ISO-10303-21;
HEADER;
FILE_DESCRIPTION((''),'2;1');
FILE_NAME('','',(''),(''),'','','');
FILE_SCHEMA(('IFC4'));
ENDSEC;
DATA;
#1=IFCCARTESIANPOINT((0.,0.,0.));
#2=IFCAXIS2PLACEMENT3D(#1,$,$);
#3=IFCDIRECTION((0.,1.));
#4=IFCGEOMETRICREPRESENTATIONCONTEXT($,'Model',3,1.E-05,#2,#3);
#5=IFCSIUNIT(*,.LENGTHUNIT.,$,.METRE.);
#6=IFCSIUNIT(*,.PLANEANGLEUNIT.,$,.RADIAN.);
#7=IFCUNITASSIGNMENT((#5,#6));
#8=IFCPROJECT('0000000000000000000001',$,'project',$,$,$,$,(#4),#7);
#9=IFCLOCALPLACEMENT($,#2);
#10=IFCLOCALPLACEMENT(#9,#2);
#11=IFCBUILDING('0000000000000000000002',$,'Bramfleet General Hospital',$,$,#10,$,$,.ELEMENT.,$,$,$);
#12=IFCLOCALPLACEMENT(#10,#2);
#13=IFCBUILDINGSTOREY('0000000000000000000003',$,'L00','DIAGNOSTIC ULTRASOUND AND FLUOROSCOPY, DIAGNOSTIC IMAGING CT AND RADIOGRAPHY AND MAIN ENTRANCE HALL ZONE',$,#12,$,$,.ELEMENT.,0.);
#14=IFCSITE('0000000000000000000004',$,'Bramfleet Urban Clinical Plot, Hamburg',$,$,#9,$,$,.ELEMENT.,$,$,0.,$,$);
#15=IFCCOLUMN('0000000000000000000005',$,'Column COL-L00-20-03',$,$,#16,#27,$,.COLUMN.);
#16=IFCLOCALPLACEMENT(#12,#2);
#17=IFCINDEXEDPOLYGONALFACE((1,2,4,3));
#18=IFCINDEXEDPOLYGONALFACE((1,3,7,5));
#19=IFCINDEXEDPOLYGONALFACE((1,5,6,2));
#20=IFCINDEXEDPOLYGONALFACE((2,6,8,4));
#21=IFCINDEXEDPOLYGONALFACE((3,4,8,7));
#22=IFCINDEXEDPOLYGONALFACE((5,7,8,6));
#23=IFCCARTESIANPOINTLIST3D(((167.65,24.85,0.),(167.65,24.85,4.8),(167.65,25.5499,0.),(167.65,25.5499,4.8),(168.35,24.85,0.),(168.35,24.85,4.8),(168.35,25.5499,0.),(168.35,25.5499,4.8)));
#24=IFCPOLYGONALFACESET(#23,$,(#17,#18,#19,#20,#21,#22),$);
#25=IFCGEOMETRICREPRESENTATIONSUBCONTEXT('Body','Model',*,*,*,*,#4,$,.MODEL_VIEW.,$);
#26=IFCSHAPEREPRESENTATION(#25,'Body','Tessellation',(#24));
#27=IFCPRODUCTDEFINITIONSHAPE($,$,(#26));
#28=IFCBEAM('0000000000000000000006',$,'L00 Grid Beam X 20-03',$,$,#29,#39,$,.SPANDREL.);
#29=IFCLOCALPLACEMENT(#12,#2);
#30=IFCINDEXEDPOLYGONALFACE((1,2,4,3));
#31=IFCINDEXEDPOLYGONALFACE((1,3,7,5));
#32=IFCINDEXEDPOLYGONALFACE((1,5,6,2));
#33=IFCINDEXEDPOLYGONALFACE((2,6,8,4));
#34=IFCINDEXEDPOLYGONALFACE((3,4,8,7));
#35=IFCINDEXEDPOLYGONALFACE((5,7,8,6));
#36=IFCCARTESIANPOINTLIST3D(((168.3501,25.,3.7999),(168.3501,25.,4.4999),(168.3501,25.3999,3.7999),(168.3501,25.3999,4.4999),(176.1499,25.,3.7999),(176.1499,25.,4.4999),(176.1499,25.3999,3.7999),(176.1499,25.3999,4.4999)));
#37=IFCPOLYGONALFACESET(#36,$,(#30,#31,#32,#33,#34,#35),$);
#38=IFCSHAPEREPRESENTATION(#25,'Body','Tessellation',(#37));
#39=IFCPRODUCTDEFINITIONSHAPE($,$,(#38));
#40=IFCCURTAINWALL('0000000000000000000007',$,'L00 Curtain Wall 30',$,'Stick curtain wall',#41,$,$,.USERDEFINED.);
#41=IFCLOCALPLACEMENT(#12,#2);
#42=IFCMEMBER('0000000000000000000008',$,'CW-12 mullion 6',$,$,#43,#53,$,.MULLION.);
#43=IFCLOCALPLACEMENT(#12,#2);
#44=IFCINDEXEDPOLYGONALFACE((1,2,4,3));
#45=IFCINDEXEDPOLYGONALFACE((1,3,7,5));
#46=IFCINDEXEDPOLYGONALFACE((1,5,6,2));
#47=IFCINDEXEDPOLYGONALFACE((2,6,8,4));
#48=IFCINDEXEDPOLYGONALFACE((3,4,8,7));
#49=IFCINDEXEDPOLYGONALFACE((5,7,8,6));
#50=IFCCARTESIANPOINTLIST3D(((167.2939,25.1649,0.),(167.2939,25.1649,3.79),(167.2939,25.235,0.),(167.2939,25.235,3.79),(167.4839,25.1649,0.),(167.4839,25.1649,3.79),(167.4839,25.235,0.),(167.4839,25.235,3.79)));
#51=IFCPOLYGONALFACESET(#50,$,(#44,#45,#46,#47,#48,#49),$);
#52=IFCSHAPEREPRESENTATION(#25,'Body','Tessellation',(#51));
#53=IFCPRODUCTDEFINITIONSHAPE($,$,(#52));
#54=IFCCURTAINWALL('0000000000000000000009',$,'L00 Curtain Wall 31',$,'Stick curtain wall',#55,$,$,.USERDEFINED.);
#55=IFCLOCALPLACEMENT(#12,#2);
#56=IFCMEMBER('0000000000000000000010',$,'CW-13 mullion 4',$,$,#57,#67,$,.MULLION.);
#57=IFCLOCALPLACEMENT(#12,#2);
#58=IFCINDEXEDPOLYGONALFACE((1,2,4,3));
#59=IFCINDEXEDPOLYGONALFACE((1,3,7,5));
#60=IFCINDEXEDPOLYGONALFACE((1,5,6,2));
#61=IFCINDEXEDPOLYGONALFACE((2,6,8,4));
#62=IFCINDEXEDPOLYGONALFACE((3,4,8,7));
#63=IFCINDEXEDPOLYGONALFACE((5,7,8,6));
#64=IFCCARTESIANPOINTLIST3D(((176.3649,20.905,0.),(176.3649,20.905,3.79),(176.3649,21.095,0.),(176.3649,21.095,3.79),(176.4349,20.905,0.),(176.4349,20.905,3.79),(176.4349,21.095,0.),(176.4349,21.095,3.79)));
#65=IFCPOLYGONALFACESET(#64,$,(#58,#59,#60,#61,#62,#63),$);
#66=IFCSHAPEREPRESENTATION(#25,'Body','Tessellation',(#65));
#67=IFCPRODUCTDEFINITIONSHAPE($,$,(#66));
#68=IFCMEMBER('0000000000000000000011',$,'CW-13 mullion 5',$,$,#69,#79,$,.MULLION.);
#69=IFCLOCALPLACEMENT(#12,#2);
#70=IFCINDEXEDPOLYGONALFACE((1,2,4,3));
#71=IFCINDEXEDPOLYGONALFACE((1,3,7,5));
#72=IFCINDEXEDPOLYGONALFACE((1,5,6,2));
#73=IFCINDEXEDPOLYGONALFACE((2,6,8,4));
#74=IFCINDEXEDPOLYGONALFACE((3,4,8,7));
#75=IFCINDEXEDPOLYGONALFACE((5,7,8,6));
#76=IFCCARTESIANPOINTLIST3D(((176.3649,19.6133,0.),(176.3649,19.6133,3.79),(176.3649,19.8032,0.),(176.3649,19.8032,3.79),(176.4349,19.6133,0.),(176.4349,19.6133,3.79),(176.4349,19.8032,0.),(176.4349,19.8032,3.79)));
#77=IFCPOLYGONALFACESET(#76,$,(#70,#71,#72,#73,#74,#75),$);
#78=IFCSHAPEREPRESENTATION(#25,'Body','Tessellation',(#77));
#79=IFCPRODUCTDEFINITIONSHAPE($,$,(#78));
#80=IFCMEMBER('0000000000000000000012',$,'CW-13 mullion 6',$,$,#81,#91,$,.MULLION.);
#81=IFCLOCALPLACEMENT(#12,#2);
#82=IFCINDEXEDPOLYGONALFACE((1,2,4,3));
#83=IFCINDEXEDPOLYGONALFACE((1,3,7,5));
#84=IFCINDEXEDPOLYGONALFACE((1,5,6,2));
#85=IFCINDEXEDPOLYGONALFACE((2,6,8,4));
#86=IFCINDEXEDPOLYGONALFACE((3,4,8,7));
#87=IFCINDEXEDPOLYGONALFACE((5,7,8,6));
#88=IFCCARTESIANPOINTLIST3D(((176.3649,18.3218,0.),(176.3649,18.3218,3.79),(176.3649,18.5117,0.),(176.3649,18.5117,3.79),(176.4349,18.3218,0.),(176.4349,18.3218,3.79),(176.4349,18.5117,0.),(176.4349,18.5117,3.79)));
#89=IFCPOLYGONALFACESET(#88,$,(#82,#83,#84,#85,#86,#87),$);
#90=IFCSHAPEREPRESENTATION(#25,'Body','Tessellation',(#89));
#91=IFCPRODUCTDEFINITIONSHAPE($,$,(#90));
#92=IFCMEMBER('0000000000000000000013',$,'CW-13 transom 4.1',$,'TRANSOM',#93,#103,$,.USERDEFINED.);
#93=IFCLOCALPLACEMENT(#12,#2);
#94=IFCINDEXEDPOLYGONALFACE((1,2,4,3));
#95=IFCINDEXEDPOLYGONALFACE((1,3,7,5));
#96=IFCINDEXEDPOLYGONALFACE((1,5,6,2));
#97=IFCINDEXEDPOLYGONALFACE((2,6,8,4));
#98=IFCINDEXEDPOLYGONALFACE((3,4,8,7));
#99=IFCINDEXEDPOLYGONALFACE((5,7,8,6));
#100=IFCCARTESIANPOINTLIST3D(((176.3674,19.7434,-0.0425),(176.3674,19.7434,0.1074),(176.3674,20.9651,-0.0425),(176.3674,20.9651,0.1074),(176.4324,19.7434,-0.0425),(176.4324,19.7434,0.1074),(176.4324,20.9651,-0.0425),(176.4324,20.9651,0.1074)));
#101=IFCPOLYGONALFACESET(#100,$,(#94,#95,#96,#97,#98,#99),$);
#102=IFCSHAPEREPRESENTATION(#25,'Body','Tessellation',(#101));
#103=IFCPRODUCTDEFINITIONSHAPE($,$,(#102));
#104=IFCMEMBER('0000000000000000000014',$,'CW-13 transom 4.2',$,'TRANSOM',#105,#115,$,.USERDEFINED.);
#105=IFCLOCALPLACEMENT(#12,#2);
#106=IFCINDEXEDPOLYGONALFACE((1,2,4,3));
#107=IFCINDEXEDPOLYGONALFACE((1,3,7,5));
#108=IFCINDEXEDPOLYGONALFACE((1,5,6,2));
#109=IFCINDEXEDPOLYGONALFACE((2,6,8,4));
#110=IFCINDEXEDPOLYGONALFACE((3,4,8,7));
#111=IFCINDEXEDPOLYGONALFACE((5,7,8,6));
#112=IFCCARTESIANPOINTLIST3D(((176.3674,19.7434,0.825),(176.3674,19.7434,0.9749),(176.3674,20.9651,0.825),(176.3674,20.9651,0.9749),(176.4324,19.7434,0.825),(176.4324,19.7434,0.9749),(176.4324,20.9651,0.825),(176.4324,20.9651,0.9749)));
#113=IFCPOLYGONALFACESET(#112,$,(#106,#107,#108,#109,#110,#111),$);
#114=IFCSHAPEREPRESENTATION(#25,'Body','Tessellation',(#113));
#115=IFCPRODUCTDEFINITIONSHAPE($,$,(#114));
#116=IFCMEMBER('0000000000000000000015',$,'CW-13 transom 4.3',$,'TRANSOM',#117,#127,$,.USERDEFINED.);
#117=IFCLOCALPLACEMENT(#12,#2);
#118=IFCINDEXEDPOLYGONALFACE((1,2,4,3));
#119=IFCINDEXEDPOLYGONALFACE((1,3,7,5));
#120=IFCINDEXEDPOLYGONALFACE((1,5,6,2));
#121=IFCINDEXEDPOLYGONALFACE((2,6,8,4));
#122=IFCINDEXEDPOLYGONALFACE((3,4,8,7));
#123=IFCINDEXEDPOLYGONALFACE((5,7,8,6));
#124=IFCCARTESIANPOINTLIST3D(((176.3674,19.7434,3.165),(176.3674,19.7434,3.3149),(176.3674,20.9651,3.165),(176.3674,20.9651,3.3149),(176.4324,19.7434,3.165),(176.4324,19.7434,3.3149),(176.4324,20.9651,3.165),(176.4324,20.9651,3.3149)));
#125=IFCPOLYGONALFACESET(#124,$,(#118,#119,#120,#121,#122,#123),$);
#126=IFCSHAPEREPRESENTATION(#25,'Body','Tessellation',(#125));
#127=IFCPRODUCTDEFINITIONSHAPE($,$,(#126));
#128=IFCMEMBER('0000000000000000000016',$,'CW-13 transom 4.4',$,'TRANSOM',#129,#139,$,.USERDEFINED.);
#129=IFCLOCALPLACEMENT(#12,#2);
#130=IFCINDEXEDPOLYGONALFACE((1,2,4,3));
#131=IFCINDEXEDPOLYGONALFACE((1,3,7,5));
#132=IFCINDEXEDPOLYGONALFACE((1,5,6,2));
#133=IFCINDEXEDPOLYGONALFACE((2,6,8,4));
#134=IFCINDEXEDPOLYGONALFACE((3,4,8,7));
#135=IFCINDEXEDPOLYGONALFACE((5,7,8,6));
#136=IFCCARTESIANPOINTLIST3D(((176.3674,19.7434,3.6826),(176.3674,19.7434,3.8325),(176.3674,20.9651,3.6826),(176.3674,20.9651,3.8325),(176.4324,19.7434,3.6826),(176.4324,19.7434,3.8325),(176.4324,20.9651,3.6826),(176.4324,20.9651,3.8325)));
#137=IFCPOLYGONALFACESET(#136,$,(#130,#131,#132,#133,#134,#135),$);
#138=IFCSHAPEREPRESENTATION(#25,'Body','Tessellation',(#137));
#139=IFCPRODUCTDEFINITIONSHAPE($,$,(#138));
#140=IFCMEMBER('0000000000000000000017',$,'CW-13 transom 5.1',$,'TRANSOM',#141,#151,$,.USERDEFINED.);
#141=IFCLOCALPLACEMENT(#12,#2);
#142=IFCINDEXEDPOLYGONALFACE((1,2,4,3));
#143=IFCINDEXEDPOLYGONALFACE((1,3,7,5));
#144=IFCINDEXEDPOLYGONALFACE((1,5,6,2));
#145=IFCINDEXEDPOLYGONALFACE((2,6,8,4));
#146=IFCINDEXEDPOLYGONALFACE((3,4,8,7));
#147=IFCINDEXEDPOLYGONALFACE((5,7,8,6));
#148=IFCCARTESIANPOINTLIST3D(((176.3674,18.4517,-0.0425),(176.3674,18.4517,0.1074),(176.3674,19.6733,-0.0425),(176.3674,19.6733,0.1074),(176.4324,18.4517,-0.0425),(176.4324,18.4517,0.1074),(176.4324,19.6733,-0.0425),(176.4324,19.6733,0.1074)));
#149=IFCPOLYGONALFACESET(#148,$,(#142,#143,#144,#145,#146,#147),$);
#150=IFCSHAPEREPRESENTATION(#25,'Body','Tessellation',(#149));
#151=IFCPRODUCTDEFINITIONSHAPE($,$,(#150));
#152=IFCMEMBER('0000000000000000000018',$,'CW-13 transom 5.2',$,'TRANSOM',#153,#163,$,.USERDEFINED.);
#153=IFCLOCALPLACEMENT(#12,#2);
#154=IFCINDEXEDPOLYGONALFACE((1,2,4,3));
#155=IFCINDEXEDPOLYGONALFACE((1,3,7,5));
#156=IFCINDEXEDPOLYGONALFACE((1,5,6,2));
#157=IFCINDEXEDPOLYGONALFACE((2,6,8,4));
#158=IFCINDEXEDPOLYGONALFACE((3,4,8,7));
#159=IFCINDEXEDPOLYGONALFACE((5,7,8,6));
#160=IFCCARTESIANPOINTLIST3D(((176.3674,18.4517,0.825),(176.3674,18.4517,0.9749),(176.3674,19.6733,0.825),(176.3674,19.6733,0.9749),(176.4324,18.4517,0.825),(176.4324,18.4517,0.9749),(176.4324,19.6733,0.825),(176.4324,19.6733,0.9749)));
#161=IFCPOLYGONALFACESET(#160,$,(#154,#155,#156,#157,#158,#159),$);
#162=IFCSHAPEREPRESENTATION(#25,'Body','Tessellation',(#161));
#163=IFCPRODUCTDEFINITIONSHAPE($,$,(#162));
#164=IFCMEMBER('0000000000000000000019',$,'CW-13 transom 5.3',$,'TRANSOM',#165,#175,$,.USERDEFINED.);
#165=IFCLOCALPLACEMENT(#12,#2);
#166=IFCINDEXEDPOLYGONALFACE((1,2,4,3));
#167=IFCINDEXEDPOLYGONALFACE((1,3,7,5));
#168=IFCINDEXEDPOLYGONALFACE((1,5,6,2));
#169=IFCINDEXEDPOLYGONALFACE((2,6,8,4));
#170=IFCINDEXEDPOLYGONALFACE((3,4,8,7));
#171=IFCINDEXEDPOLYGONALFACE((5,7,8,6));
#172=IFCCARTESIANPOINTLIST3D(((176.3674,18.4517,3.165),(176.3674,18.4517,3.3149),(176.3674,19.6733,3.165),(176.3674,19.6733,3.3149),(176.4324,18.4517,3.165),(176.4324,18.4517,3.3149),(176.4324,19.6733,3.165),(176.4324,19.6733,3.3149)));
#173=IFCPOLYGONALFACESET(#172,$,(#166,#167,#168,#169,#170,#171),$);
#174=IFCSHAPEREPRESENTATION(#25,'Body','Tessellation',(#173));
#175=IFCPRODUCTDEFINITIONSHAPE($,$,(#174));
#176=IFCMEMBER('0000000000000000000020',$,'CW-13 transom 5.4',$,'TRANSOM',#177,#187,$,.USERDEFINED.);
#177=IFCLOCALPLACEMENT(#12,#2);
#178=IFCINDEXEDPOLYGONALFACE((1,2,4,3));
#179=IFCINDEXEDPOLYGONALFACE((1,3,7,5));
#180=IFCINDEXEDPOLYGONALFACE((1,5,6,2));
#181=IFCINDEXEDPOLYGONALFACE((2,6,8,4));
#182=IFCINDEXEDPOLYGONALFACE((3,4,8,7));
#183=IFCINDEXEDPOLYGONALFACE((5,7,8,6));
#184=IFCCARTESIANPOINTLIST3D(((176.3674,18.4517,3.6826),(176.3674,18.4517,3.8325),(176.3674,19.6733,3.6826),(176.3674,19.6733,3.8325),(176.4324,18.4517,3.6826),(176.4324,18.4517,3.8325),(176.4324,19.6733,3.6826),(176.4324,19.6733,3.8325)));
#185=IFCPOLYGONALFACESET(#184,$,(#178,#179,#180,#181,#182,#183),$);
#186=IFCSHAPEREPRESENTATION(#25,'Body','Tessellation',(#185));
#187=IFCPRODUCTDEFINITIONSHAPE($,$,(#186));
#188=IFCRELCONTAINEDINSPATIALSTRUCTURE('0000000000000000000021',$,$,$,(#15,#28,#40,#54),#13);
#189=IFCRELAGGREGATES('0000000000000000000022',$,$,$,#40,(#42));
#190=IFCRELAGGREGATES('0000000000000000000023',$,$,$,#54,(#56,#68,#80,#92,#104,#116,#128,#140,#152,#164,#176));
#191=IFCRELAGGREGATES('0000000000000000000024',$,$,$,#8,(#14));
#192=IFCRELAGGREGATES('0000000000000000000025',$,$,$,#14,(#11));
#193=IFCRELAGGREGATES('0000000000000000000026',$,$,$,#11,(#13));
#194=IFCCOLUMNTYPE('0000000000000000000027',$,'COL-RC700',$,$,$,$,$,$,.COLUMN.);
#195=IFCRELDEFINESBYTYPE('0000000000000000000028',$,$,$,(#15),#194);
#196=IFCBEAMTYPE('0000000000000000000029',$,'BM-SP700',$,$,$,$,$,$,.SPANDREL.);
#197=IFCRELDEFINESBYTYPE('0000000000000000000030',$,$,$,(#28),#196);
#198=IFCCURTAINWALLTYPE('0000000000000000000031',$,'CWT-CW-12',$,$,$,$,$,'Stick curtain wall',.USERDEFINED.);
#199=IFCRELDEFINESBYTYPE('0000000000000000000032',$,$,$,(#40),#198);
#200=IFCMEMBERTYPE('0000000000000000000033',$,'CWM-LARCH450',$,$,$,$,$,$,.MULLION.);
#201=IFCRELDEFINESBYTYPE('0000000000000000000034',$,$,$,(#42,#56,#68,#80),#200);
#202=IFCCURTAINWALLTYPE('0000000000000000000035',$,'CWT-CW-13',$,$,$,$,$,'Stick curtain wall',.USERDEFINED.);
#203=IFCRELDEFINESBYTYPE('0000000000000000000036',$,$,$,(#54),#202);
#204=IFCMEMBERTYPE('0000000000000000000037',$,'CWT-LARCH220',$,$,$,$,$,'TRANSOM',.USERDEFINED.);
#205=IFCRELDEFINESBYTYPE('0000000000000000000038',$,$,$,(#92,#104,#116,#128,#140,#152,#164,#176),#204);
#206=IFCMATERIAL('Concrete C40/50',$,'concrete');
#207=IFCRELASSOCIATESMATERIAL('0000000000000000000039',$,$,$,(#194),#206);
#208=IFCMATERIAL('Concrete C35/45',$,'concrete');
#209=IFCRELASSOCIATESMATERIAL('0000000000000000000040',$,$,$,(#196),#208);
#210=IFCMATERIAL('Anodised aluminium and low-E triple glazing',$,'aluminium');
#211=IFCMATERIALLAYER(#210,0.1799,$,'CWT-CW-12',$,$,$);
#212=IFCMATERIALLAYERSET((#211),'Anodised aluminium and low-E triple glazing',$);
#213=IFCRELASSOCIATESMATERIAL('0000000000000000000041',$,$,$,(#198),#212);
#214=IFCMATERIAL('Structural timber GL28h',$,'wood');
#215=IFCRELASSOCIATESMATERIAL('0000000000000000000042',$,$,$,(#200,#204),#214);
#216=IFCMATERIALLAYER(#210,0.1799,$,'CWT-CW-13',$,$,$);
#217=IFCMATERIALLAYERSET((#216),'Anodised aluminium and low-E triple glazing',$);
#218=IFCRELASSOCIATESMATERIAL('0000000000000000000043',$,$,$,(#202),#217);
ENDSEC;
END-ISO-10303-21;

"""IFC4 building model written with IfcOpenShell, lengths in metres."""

from ifc_helpers import new_model, si_unit, direction, frame, origin, origin_2d, place, context, subcontext, project, spatial, rectangle, extrude, material, layer, layer_set, material_profile, profile_set, type_object, element, aggregate, save


model = new_model("IFC4")

# Units and contexts
model_context = context("Model", 3, precision=1e-05, world=origin(), true_north=direction((0.0, 1.0)))
body_context = subcontext(model_context, "Body", "Model", "MODEL_VIEW")
ifc_project = project(units=[si_unit("LENGTHUNIT", "METRE"), si_unit("PLANEANGLEUNIT", "RADIAN")], contexts=[model_context])

# Site, building, storey
site_placement = place(None, origin())
site = spatial("IfcSite", under=ifc_project, at=site_placement, Name="Bramfleet Urban Clinical Plot, Hamburg", CompositionType="ELEMENT", RefElevation=0.0)
building_placement = place(site_placement, origin())
building = spatial("IfcBuilding", under=site, at=building_placement, Name="Bramfleet General Hospital", CompositionType="ELEMENT")
storey_placement = place(building_placement, origin())
storey = spatial("IfcBuildingStorey", under=building, at=storey_placement, Name="L00", Description="DIAGNOSTIC ULTRASOUND AND FLUOROSCOPY, DIAGNOSTIC IMAGING CT AND RADIOGRAPHY AND MAIN ENTRANCE HALL ZONE", CompositionType="ELEMENT", Elevation=0.0)

# Column
ifc_material_1 = material(Name="Concrete C40/50", Category="concrete")
ifc_material_profile_1 = material_profile(ifc_material_1, rectangle(XDim=0.7, YDim=0.7, at=origin_2d()), Name="RC COL 700x700")
ifc_profile_set_1 = profile_set([ifc_material_profile_1], Name="Concrete C40/50")
column_type = type_object("IfcColumnType", Name="COL-RC700", PredefinedType="COLUMN", material=ifc_profile_set_1)
column_placement = place(storey_placement, frame((168.0, 25.2, 0.0), z_axis=(0.0, 0.0, 1.0), x_axis=(1.0, 0.0, 0.0)))
element("IfcColumn", 1, at=column_placement, inside=storey, type_object=column_type, Name="Column COL-L00-20-03", PredefinedType="COLUMN", context=body_context, shape_type="SweptSolid", body=[
    extrude(rectangle(XDim=0.7, YDim=0.7, at=origin_2d()), origin(), (0.0, 0.0, 1.0), 4.8),
])

# Beam
ifc_material_2 = material(Name="Concrete C35/45", Category="concrete")
ifc_material_profile_2 = material_profile(ifc_material_2, rectangle(XDim=0.3999, YDim=0.7, at=origin_2d()), Name="RC SP 700x400")
ifc_profile_set_2 = profile_set([ifc_material_profile_2], Name="Concrete C35/45")
beam_type = type_object("IfcBeamType", Name="BM-SP700", PredefinedType="SPANDREL", material=ifc_profile_set_2)
beam_placement = place(storey_placement, frame((168.3501, 25.2, 4.1499), z_axis=(1.0, 0.0, 0.0), x_axis=(0.0, 1.0, 0.0)))
element("IfcBeam", 2, at=beam_placement, inside=storey, type_object=beam_type, Name="L00 Grid Beam X 20-03", PredefinedType="SPANDREL", context=body_context, shape_type="SweptSolid", body=[
    extrude(rectangle(XDim=0.3999, YDim=0.7, at=origin_2d()), origin(), (0.0, 0.0, 1.0), 7.7998),
])

# Curtain wall, member
ifc_material_3 = material(Name="Anodised aluminium and low-E triple glazing", Category="aluminium")
ifc_layer_1 = layer(ifc_material_3, 0.1799, Name="CWT-CW-12")
ifc_layer_set_1 = layer_set([ifc_layer_1], Name="Anodised aluminium and low-E triple glazing")
curtain_wall_type_1 = type_object("IfcCurtainWallType", Name="CWT-CW-12", ElementType="Stick curtain wall", PredefinedType="USERDEFINED", material=ifc_layer_set_1)
curtain_wall_1_placement = place(storey_placement, origin())
curtain_wall_1 = element("IfcCurtainWall", 3, at=curtain_wall_1_placement, inside=storey, type_object=curtain_wall_type_1, Name="L00 Curtain Wall 30", ObjectType="Stick curtain wall", PredefinedType="USERDEFINED")
ifc_material_4 = material(Name="Structural timber GL28h", Category="wood")
ifc_material_profile_3 = material_profile(ifc_material_4, rectangle(XDim=0.0701, YDim=0.1899, at=origin_2d()), Name="LARCH 190x70")
ifc_profile_set_3 = profile_set([ifc_material_profile_3], Name="Structural timber GL28h")
member_type_1 = type_object("IfcMemberType", Name="CWM-LARCH450", PredefinedType="MULLION", material=ifc_profile_set_3)
member_1_placement = place(storey_placement, frame((167.3889, 25.2, 0.0), z_axis=(0.0, 0.0, 1.0), x_axis=(0.0, 1.0, 0.0)))
member_1 = element("IfcMember", 4, at=member_1_placement, type_object=member_type_1, Name="CW-12 mullion 6", PredefinedType="MULLION", context=body_context, shape_type="SweptSolid", body=[
    extrude(rectangle(XDim=0.0701, YDim=0.1899, at=origin_2d()), origin(), (0.0, 0.0, 1.0), 3.79),
])

# Curtain wall, members
ifc_layer_2 = layer(ifc_material_3, 0.1799, Name="CWT-CW-13")
ifc_layer_set_2 = layer_set([ifc_layer_2], Name="Anodised aluminium and low-E triple glazing")
curtain_wall_type_2 = type_object("IfcCurtainWallType", Name="CWT-CW-13", ElementType="Stick curtain wall", PredefinedType="USERDEFINED", material=ifc_layer_set_2)
curtain_wall_2_placement = place(storey_placement, origin())
curtain_wall_2 = element("IfcCurtainWall", 5, at=curtain_wall_2_placement, inside=storey, type_object=curtain_wall_type_2, Name="L00 Curtain Wall 31", ObjectType="Stick curtain wall", PredefinedType="USERDEFINED")
member_2_placement = place(storey_placement, frame((176.3999, 21.0, 0.0), z_axis=(0.0, 0.0, 1.0), x_axis=(1.0, 0.0, 0.0)))
member_2 = element("IfcMember", 6, at=member_2_placement, type_object=member_type_1, Name="CW-13 mullion 4", PredefinedType="MULLION", context=body_context, shape_type="SweptSolid", body=[
    extrude(rectangle(XDim=0.0701, YDim=0.1899, at=origin_2d()), origin(), (0.0, 0.0, 1.0), 3.79),
])
member_3_placement = place(storey_placement, frame((176.3999, 19.7083, 0.0), z_axis=(0.0, 0.0, 1.0), x_axis=(1.0, 0.0, 0.0)))
member_3 = element("IfcMember", 7, at=member_3_placement, type_object=member_type_1, Name="CW-13 mullion 5", PredefinedType="MULLION", context=body_context, shape_type="SweptSolid", body=[
    extrude(rectangle(XDim=0.0701, YDim=0.1899, at=origin_2d()), origin(), (0.0, 0.0, 1.0), 3.79),
])
member_4_placement = place(storey_placement, frame((176.3999, 18.4167, 0.0), z_axis=(0.0, 0.0, 1.0), x_axis=(1.0, 0.0, 0.0)))
member_4 = element("IfcMember", 8, at=member_4_placement, type_object=member_type_1, Name="CW-13 mullion 6", PredefinedType="MULLION", context=body_context, shape_type="SweptSolid", body=[
    extrude(rectangle(XDim=0.0701, YDim=0.1899, at=origin_2d()), origin(), (0.0, 0.0, 1.0), 3.79),
])
ifc_material_profile_4 = material_profile(ifc_material_4, rectangle(XDim=0.0649, YDim=0.1499, at=origin_2d()), Name="LARCH 150x65")
ifc_profile_set_4 = profile_set([ifc_material_profile_4], Name="Structural timber GL28h")
member_type_2 = type_object("IfcMemberType", Name="CWT-LARCH220", ElementType="TRANSOM", PredefinedType="USERDEFINED", material=ifc_profile_set_4)
member_5_placement = place(storey_placement, frame((176.3999, 20.9651, 0.0325), z_axis=(0.0, -1.0, 0.0), x_axis=(1.0, 0.0, 0.0)))
member_5 = element("IfcMember", 9, at=member_5_placement, type_object=member_type_2, Name="CW-13 transom 4.1", ObjectType="TRANSOM", PredefinedType="USERDEFINED", context=body_context, shape_type="SweptSolid", body=[
    extrude(rectangle(XDim=0.0649, YDim=0.1499, at=origin_2d()), origin(), (0.0, 0.0, 1.0), 1.2217),
])
member_6_placement = place(storey_placement, frame((176.3999, 20.9651, 0.8999), z_axis=(0.0, -1.0, 0.0), x_axis=(1.0, 0.0, 0.0)))
member_6 = element("IfcMember", 10, at=member_6_placement, type_object=member_type_2, Name="CW-13 transom 4.2", ObjectType="TRANSOM", PredefinedType="USERDEFINED", context=body_context, shape_type="SweptSolid", body=[
    extrude(rectangle(XDim=0.0649, YDim=0.1499, at=origin_2d()), origin(), (0.0, 0.0, 1.0), 1.2217),
])
member_7_placement = place(storey_placement, frame((176.3999, 20.9651, 3.24), z_axis=(0.0, -1.0, 0.0), x_axis=(1.0, 0.0, 0.0)))
member_7 = element("IfcMember", 11, at=member_7_placement, type_object=member_type_2, Name="CW-13 transom 4.3", ObjectType="TRANSOM", PredefinedType="USERDEFINED", context=body_context, shape_type="SweptSolid", body=[
    extrude(rectangle(XDim=0.0649, YDim=0.1499, at=origin_2d()), origin(), (0.0, 0.0, 1.0), 1.2217),
])
member_8_placement = place(storey_placement, frame((176.3999, 20.9651, 3.7576), z_axis=(0.0, -1.0, 0.0), x_axis=(1.0, 0.0, 0.0)))
member_8 = element("IfcMember", 12, at=member_8_placement, type_object=member_type_2, Name="CW-13 transom 4.4", ObjectType="TRANSOM", PredefinedType="USERDEFINED", context=body_context, shape_type="SweptSolid", body=[
    extrude(rectangle(XDim=0.0649, YDim=0.1499, at=origin_2d()), origin(), (0.0, 0.0, 1.0), 1.2217),
])
member_9_placement = place(storey_placement, frame((176.3999, 19.6733, 0.0325), z_axis=(0.0, -1.0, 0.0), x_axis=(1.0, 0.0, 0.0)))
member_9 = element("IfcMember", 13, at=member_9_placement, type_object=member_type_2, Name="CW-13 transom 5.1", ObjectType="TRANSOM", PredefinedType="USERDEFINED", context=body_context, shape_type="SweptSolid", body=[
    extrude(rectangle(XDim=0.0649, YDim=0.1499, at=origin_2d()), origin(), (0.0, 0.0, 1.0), 1.2217),
])
member_10_placement = place(storey_placement, frame((176.3999, 19.6733, 0.8999), z_axis=(0.0, -1.0, 0.0), x_axis=(1.0, 0.0, 0.0)))
member_10 = element("IfcMember", 14, at=member_10_placement, type_object=member_type_2, Name="CW-13 transom 5.2", ObjectType="TRANSOM", PredefinedType="USERDEFINED", context=body_context, shape_type="SweptSolid", body=[
    extrude(rectangle(XDim=0.0649, YDim=0.1499, at=origin_2d()), origin(), (0.0, 0.0, 1.0), 1.2217),
])
member_11_placement = place(storey_placement, frame((176.3999, 19.6733, 3.24), z_axis=(0.0, -1.0, 0.0), x_axis=(1.0, 0.0, 0.0)))
member_11 = element("IfcMember", 15, at=member_11_placement, type_object=member_type_2, Name="CW-13 transom 5.3", ObjectType="TRANSOM", PredefinedType="USERDEFINED", context=body_context, shape_type="SweptSolid", body=[
    extrude(rectangle(XDim=0.0649, YDim=0.1499, at=origin_2d()), origin(), (0.0, 0.0, 1.0), 1.2217),
])
member_12_placement = place(storey_placement, frame((176.3999, 19.6733, 3.7576), z_axis=(0.0, -1.0, 0.0), x_axis=(1.0, 0.0, 0.0)))
member_12 = element("IfcMember", 16, at=member_12_placement, type_object=member_type_2, Name="CW-13 transom 5.4", ObjectType="TRANSOM", PredefinedType="USERDEFINED", context=body_context, shape_type="SweptSolid", body=[
    extrude(rectangle(XDim=0.0649, YDim=0.1499, at=origin_2d()), origin(), (0.0, 0.0, 1.0), 1.2217),
])

aggregate(curtain_wall_1, [member_1])
aggregate(curtain_wall_2, [member_2, member_3, member_4, member_5, member_6, member_7, member_8, member_9, member_10, member_11, member_12])

save(model, "model.ifc")
